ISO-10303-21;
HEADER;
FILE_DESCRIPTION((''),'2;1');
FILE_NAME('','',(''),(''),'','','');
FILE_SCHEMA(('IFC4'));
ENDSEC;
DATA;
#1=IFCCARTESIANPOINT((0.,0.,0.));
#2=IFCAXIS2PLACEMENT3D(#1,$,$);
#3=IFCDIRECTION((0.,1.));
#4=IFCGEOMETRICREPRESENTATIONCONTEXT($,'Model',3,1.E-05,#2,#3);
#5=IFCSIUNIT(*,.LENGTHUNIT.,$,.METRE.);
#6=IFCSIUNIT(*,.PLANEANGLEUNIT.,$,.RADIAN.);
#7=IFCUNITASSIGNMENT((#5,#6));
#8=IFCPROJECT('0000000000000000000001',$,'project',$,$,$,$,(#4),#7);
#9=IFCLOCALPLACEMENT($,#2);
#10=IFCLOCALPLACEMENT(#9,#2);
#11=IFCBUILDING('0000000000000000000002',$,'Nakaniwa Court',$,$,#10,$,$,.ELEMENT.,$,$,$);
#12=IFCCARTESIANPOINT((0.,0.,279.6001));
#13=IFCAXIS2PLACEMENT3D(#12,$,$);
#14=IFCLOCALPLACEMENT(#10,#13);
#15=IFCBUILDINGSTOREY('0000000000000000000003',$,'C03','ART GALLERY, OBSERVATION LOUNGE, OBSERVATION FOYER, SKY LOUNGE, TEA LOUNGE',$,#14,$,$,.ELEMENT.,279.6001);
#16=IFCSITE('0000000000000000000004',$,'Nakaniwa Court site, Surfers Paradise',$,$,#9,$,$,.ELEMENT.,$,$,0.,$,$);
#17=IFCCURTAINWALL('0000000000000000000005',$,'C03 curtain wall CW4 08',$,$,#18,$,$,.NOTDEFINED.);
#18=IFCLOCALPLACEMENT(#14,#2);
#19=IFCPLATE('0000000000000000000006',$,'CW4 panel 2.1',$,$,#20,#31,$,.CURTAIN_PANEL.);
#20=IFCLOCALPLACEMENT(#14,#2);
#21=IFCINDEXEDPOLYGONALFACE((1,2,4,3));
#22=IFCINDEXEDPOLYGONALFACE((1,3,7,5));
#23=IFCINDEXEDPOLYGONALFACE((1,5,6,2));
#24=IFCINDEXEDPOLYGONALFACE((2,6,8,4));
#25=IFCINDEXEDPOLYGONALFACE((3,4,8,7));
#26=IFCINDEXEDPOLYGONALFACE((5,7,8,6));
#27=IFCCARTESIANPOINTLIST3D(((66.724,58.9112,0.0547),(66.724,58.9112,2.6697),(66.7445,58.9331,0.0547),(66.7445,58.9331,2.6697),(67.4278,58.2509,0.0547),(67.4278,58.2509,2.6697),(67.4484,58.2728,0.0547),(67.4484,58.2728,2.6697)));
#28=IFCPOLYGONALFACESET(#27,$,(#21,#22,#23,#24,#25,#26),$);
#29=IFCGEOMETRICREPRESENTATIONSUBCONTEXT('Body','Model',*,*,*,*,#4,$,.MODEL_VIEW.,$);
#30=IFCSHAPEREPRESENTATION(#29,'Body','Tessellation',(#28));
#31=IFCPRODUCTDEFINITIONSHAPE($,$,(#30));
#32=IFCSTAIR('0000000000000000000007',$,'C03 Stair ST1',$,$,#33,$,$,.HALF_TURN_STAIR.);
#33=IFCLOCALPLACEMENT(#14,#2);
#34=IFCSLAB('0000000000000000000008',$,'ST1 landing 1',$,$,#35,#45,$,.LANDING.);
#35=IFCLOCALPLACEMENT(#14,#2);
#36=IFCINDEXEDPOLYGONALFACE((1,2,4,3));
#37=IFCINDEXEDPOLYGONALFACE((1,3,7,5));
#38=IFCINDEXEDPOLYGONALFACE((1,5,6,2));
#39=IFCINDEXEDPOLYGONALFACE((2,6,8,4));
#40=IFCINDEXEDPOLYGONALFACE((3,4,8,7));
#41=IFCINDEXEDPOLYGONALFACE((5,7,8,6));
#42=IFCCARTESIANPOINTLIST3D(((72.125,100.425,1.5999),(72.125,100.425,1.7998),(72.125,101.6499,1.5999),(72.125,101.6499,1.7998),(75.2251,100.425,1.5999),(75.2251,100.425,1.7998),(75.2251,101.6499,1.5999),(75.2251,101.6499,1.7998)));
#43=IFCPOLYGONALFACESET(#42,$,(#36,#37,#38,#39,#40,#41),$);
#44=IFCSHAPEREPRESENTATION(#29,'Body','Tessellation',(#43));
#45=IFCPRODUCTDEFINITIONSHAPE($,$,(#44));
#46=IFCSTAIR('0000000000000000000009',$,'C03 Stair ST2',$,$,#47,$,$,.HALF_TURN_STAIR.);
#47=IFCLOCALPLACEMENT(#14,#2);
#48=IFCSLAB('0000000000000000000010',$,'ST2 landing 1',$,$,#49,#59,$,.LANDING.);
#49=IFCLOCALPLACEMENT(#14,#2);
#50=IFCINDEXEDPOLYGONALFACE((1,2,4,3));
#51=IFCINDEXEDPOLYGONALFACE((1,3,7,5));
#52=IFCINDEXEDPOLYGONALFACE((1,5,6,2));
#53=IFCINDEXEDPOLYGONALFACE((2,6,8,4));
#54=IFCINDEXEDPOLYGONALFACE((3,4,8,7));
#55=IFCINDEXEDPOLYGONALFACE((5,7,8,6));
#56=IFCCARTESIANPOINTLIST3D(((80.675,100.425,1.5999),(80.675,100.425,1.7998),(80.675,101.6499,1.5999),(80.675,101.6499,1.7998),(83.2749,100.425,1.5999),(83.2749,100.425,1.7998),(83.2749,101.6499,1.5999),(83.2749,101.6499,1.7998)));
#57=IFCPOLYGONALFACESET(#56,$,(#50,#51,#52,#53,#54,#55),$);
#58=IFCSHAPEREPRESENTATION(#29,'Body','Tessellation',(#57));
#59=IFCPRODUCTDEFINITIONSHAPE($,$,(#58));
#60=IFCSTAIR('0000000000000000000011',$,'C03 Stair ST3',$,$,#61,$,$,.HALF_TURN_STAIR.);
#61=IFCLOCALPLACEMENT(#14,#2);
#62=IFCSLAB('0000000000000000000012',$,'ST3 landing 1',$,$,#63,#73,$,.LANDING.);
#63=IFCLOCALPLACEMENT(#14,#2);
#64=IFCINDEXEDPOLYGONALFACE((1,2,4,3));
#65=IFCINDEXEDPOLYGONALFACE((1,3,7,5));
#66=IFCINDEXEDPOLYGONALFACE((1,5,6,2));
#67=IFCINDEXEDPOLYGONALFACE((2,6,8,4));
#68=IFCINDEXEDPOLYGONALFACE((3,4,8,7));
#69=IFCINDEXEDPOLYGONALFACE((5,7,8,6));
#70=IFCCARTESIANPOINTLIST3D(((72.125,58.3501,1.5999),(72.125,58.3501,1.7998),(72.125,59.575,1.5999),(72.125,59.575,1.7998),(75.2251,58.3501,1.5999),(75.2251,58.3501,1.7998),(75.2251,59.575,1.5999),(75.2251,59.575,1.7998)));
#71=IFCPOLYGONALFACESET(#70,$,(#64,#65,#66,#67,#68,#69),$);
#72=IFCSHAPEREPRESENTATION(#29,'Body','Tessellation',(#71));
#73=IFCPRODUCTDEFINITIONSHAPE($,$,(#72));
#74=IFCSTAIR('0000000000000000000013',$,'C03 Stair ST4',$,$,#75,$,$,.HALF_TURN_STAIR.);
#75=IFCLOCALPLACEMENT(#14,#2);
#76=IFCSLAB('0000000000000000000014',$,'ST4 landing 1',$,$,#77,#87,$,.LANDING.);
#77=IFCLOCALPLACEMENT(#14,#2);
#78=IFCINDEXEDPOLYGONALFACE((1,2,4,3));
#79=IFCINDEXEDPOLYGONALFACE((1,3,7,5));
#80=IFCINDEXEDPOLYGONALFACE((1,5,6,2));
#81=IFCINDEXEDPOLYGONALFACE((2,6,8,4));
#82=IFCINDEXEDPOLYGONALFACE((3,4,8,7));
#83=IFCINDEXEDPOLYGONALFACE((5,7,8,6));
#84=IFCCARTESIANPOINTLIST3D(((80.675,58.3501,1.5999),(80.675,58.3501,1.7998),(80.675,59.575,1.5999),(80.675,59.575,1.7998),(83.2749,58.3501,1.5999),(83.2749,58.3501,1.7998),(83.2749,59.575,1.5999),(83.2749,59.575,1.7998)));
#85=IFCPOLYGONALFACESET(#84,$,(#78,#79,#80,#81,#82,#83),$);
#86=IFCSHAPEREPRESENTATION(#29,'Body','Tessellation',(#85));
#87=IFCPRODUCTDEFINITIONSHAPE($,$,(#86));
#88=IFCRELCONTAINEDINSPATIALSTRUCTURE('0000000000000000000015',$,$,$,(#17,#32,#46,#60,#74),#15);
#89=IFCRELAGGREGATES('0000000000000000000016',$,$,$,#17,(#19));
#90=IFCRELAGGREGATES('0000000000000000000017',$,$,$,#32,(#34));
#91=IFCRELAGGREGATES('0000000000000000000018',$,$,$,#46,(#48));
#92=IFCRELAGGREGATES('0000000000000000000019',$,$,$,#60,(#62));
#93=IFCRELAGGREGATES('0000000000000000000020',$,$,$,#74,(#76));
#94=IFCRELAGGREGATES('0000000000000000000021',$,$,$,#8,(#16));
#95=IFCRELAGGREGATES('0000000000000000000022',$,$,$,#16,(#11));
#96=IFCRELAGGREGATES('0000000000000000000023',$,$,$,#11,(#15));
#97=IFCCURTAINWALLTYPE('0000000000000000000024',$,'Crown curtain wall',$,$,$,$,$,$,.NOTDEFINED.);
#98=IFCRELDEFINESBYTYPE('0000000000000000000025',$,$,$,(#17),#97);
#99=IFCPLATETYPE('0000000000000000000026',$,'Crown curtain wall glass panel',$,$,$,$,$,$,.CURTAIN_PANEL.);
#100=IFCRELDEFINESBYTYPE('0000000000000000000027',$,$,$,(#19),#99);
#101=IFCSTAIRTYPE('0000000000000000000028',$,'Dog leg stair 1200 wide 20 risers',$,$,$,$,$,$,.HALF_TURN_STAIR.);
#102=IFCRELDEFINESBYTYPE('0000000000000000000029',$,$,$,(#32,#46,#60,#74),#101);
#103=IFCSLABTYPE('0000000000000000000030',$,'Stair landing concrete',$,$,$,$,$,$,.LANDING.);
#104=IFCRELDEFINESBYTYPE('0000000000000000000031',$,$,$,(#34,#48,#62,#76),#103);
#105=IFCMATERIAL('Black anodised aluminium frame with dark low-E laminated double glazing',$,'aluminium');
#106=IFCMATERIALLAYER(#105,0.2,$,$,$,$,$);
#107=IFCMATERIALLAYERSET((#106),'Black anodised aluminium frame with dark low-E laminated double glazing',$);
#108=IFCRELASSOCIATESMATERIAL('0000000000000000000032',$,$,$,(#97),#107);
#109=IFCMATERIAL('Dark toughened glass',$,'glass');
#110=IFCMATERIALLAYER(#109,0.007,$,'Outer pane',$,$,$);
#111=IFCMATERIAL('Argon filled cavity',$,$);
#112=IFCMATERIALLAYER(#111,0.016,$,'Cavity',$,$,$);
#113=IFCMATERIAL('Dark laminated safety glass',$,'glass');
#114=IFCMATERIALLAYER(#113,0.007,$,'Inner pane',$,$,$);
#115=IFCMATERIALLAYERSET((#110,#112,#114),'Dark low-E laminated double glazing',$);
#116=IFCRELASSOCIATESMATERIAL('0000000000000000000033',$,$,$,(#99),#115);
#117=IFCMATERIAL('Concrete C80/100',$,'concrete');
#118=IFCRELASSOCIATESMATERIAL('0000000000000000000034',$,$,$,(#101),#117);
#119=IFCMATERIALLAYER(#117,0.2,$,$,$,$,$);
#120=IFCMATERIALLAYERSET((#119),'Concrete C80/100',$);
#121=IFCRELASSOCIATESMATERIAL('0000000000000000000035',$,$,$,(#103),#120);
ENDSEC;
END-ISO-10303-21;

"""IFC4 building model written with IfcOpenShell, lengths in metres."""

from ifc_helpers import new_model, si_unit, direction, frame, origin, origin_2d, place, context, subcontext, project, spatial, polyline, rectangle, outline, extrude, material, layer, layer_set, type_object, element, aggregate, save


model = new_model("IFC4")

# Units and contexts
model_context = context("Model", 3, precision=1e-05, world=origin(), true_north=direction((0.0, 1.0)))
body_context = subcontext(model_context, "Body", "Model", "MODEL_VIEW")
ifc_project = project(units=[si_unit("LENGTHUNIT", "METRE"), si_unit("PLANEANGLEUNIT", "RADIAN")], contexts=[model_context])

# Site, building, storey
site_placement = place(None, origin())
site = spatial("IfcSite", under=ifc_project, at=site_placement, Name="Nakaniwa Court site, Surfers Paradise", CompositionType="ELEMENT", RefElevation=0.0)
building_placement = place(site_placement, origin())
building = spatial("IfcBuilding", under=site, at=building_placement, Name="Nakaniwa Court", CompositionType="ELEMENT")
storey_placement = place(building_placement, frame((0.0, 0.0, 279.6001)))
storey = spatial("IfcBuildingStorey", under=building, at=storey_placement, Name="C03", Description="ART GALLERY, OBSERVATION LOUNGE, OBSERVATION FOYER, SKY LOUNGE, TEA LOUNGE", CompositionType="ELEMENT", Elevation=279.6001)

# Shared definitions
ifc_material_1 = material(Name="Concrete C80/100", Category="concrete")

# Curtain wall
ifc_material_2 = material(Name="Black anodised aluminium frame with dark low-E laminated double glazing", Category="aluminium")
ifc_layer_1 = layer(ifc_material_2, 0.2)
ifc_layer_set_1 = layer_set([ifc_layer_1], Name="Black anodised aluminium frame with dark low-E laminated double glazing")
curtain_wall_type = type_object("IfcCurtainWallType", Name="Crown curtain wall", PredefinedType="NOTDEFINED", material=ifc_layer_set_1)
curtain_wall_1_placement = place(storey_placement, origin())
curtain_wall_1 = element("IfcCurtainWall", 1, at=curtain_wall_1_placement, inside=storey, type_object=curtain_wall_type, Name="C03 curtain wall CW4 08", PredefinedType="NOTDEFINED")

# Plate
ifc_material_3 = material(Name="Dark toughened glass", Category="glass")
ifc_layer_2 = layer(ifc_material_3, 0.007, Name="Outer pane")
ifc_material_4 = material(Name="Argon filled cavity")
ifc_layer_3 = layer(ifc_material_4, 0.016, Name="Cavity")
ifc_material_5 = material(Name="Dark laminated safety glass", Category="glass")
ifc_layer_4 = layer(ifc_material_5, 0.007, Name="Inner pane")
ifc_layer_set_2 = layer_set([ifc_layer_2, ifc_layer_3, ifc_layer_4], Name="Dark low-E laminated double glazing")
plate_type = type_object("IfcPlateType", Name="Crown curtain wall glass panel", PredefinedType="CURTAIN_PANEL", material=ifc_layer_set_2)
plate_1_placement = place(storey_placement, frame((67.0862, 58.592, 0.0547), z_axis=(0.0, 0.0, 1.0), x_axis=(0.729311, -0.684182, 0.0)))
plate_1 = element("IfcPlate", 2, at=plate_1_placement, type_object=plate_type, Name="CW4 panel 2.1", PredefinedType="CURTAIN_PANEL", context=body_context, shape_type="SweptSolid", body=[
    extrude(rectangle(XDim=0.9651, YDim=0.03, at=origin_2d()), origin(), (0.0, 0.0, 1.0), 2.615),
])
aggregate(curtain_wall_1, [plate_1])

# Stairs, slabs
stair_type = type_object("IfcStairType", Name="Dog leg stair 1200 wide 20 risers", PredefinedType="HALF_TURN_STAIR", material=ifc_material_1)
stair_1_placement = place(storey_placement, origin())
stair_1 = element("IfcStair", 3, at=stair_1_placement, inside=storey, type_object=stair_type, Name="C03 Stair ST1", PredefinedType="HALF_TURN_STAIR")
ifc_layer_5 = layer(ifc_material_1, 0.2)
ifc_layer_set_3 = layer_set([ifc_layer_5], Name="Concrete C80/100")
slab_type_1 = type_object("IfcSlabType", Name="Stair landing concrete", PredefinedType="LANDING", material=ifc_layer_set_3)
slab_1_placement = place(storey_placement, frame((0.0, 0.0, 1.5999)))
slab_1 = element("IfcSlab", 4, at=slab_1_placement, type_object=slab_type_1, Name="ST1 landing 1", PredefinedType="LANDING", context=body_context, shape_type="SweptSolid", body=[
    extrude(outline(polyline([(75.2251, 100.425), (75.2251, 101.6499), (72.125, 101.6499), (72.125, 100.425), (75.2251, 100.425)])), origin(), (0.0, 0.0, 1.0), 0.2),
])
aggregate(stair_1, [slab_1])
stair_2_placement = place(storey_placement, origin())
stair_2 = element("IfcStair", 5, at=stair_2_placement, inside=storey, type_object=stair_type, Name="C03 Stair ST2", PredefinedType="HALF_TURN_STAIR")
slab_2_placement = place(storey_placement, frame((0.0, 0.0, 1.5999)))
slab_2 = element("IfcSlab", 6, at=slab_2_placement, type_object=slab_type_1, Name="ST2 landing 1", PredefinedType="LANDING", context=body_context, shape_type="SweptSolid", body=[
    extrude(outline(polyline([(83.2749, 100.425), (83.2749, 101.6499), (80.675, 101.6499), (80.675, 100.425), (83.2749, 100.425)])), origin(), (0.0, 0.0, 1.0), 0.2),
])
aggregate(stair_2, [slab_2])
stair_3_placement = place(storey_placement, origin())
stair_3 = element("IfcStair", 7, at=stair_3_placement, inside=storey, type_object=stair_type, Name="C03 Stair ST3", PredefinedType="HALF_TURN_STAIR")
slab_3_placement = place(storey_placement, frame((0.0, 0.0, 1.5999)))
slab_3 = element("IfcSlab", 8, at=slab_3_placement, type_object=slab_type_1, Name="ST3 landing 1", PredefinedType="LANDING", context=body_context, shape_type="SweptSolid", body=[
    extrude(outline(polyline([(75.2251, 58.3501), (75.2251, 59.575), (72.125, 59.575), (72.125, 58.3501), (75.2251, 58.3501)])), origin(), (0.0, 0.0, 1.0), 0.2),
])
aggregate(stair_3, [slab_3])
stair_4_placement = place(storey_placement, origin())
stair_4 = element("IfcStair", 9, at=stair_4_placement, inside=storey, type_object=stair_type, Name="C03 Stair ST4", PredefinedType="HALF_TURN_STAIR")
slab_4_placement = place(storey_placement, frame((0.0, 0.0, 1.5999)))
slab_4 = element("IfcSlab", 10, at=slab_4_placement, type_object=slab_type_1, Name="ST4 landing 1", PredefinedType="LANDING", context=body_context, shape_type="SweptSolid", body=[
    extrude(outline(polyline([(83.2749, 58.3501), (83.2749, 59.575), (80.675, 59.575), (80.675, 58.3501), (83.2749, 58.3501)])), origin(), (0.0, 0.0, 1.0), 0.2),
])
aggregate(stair_4, [slab_4])

save(model, "model.ifc")
